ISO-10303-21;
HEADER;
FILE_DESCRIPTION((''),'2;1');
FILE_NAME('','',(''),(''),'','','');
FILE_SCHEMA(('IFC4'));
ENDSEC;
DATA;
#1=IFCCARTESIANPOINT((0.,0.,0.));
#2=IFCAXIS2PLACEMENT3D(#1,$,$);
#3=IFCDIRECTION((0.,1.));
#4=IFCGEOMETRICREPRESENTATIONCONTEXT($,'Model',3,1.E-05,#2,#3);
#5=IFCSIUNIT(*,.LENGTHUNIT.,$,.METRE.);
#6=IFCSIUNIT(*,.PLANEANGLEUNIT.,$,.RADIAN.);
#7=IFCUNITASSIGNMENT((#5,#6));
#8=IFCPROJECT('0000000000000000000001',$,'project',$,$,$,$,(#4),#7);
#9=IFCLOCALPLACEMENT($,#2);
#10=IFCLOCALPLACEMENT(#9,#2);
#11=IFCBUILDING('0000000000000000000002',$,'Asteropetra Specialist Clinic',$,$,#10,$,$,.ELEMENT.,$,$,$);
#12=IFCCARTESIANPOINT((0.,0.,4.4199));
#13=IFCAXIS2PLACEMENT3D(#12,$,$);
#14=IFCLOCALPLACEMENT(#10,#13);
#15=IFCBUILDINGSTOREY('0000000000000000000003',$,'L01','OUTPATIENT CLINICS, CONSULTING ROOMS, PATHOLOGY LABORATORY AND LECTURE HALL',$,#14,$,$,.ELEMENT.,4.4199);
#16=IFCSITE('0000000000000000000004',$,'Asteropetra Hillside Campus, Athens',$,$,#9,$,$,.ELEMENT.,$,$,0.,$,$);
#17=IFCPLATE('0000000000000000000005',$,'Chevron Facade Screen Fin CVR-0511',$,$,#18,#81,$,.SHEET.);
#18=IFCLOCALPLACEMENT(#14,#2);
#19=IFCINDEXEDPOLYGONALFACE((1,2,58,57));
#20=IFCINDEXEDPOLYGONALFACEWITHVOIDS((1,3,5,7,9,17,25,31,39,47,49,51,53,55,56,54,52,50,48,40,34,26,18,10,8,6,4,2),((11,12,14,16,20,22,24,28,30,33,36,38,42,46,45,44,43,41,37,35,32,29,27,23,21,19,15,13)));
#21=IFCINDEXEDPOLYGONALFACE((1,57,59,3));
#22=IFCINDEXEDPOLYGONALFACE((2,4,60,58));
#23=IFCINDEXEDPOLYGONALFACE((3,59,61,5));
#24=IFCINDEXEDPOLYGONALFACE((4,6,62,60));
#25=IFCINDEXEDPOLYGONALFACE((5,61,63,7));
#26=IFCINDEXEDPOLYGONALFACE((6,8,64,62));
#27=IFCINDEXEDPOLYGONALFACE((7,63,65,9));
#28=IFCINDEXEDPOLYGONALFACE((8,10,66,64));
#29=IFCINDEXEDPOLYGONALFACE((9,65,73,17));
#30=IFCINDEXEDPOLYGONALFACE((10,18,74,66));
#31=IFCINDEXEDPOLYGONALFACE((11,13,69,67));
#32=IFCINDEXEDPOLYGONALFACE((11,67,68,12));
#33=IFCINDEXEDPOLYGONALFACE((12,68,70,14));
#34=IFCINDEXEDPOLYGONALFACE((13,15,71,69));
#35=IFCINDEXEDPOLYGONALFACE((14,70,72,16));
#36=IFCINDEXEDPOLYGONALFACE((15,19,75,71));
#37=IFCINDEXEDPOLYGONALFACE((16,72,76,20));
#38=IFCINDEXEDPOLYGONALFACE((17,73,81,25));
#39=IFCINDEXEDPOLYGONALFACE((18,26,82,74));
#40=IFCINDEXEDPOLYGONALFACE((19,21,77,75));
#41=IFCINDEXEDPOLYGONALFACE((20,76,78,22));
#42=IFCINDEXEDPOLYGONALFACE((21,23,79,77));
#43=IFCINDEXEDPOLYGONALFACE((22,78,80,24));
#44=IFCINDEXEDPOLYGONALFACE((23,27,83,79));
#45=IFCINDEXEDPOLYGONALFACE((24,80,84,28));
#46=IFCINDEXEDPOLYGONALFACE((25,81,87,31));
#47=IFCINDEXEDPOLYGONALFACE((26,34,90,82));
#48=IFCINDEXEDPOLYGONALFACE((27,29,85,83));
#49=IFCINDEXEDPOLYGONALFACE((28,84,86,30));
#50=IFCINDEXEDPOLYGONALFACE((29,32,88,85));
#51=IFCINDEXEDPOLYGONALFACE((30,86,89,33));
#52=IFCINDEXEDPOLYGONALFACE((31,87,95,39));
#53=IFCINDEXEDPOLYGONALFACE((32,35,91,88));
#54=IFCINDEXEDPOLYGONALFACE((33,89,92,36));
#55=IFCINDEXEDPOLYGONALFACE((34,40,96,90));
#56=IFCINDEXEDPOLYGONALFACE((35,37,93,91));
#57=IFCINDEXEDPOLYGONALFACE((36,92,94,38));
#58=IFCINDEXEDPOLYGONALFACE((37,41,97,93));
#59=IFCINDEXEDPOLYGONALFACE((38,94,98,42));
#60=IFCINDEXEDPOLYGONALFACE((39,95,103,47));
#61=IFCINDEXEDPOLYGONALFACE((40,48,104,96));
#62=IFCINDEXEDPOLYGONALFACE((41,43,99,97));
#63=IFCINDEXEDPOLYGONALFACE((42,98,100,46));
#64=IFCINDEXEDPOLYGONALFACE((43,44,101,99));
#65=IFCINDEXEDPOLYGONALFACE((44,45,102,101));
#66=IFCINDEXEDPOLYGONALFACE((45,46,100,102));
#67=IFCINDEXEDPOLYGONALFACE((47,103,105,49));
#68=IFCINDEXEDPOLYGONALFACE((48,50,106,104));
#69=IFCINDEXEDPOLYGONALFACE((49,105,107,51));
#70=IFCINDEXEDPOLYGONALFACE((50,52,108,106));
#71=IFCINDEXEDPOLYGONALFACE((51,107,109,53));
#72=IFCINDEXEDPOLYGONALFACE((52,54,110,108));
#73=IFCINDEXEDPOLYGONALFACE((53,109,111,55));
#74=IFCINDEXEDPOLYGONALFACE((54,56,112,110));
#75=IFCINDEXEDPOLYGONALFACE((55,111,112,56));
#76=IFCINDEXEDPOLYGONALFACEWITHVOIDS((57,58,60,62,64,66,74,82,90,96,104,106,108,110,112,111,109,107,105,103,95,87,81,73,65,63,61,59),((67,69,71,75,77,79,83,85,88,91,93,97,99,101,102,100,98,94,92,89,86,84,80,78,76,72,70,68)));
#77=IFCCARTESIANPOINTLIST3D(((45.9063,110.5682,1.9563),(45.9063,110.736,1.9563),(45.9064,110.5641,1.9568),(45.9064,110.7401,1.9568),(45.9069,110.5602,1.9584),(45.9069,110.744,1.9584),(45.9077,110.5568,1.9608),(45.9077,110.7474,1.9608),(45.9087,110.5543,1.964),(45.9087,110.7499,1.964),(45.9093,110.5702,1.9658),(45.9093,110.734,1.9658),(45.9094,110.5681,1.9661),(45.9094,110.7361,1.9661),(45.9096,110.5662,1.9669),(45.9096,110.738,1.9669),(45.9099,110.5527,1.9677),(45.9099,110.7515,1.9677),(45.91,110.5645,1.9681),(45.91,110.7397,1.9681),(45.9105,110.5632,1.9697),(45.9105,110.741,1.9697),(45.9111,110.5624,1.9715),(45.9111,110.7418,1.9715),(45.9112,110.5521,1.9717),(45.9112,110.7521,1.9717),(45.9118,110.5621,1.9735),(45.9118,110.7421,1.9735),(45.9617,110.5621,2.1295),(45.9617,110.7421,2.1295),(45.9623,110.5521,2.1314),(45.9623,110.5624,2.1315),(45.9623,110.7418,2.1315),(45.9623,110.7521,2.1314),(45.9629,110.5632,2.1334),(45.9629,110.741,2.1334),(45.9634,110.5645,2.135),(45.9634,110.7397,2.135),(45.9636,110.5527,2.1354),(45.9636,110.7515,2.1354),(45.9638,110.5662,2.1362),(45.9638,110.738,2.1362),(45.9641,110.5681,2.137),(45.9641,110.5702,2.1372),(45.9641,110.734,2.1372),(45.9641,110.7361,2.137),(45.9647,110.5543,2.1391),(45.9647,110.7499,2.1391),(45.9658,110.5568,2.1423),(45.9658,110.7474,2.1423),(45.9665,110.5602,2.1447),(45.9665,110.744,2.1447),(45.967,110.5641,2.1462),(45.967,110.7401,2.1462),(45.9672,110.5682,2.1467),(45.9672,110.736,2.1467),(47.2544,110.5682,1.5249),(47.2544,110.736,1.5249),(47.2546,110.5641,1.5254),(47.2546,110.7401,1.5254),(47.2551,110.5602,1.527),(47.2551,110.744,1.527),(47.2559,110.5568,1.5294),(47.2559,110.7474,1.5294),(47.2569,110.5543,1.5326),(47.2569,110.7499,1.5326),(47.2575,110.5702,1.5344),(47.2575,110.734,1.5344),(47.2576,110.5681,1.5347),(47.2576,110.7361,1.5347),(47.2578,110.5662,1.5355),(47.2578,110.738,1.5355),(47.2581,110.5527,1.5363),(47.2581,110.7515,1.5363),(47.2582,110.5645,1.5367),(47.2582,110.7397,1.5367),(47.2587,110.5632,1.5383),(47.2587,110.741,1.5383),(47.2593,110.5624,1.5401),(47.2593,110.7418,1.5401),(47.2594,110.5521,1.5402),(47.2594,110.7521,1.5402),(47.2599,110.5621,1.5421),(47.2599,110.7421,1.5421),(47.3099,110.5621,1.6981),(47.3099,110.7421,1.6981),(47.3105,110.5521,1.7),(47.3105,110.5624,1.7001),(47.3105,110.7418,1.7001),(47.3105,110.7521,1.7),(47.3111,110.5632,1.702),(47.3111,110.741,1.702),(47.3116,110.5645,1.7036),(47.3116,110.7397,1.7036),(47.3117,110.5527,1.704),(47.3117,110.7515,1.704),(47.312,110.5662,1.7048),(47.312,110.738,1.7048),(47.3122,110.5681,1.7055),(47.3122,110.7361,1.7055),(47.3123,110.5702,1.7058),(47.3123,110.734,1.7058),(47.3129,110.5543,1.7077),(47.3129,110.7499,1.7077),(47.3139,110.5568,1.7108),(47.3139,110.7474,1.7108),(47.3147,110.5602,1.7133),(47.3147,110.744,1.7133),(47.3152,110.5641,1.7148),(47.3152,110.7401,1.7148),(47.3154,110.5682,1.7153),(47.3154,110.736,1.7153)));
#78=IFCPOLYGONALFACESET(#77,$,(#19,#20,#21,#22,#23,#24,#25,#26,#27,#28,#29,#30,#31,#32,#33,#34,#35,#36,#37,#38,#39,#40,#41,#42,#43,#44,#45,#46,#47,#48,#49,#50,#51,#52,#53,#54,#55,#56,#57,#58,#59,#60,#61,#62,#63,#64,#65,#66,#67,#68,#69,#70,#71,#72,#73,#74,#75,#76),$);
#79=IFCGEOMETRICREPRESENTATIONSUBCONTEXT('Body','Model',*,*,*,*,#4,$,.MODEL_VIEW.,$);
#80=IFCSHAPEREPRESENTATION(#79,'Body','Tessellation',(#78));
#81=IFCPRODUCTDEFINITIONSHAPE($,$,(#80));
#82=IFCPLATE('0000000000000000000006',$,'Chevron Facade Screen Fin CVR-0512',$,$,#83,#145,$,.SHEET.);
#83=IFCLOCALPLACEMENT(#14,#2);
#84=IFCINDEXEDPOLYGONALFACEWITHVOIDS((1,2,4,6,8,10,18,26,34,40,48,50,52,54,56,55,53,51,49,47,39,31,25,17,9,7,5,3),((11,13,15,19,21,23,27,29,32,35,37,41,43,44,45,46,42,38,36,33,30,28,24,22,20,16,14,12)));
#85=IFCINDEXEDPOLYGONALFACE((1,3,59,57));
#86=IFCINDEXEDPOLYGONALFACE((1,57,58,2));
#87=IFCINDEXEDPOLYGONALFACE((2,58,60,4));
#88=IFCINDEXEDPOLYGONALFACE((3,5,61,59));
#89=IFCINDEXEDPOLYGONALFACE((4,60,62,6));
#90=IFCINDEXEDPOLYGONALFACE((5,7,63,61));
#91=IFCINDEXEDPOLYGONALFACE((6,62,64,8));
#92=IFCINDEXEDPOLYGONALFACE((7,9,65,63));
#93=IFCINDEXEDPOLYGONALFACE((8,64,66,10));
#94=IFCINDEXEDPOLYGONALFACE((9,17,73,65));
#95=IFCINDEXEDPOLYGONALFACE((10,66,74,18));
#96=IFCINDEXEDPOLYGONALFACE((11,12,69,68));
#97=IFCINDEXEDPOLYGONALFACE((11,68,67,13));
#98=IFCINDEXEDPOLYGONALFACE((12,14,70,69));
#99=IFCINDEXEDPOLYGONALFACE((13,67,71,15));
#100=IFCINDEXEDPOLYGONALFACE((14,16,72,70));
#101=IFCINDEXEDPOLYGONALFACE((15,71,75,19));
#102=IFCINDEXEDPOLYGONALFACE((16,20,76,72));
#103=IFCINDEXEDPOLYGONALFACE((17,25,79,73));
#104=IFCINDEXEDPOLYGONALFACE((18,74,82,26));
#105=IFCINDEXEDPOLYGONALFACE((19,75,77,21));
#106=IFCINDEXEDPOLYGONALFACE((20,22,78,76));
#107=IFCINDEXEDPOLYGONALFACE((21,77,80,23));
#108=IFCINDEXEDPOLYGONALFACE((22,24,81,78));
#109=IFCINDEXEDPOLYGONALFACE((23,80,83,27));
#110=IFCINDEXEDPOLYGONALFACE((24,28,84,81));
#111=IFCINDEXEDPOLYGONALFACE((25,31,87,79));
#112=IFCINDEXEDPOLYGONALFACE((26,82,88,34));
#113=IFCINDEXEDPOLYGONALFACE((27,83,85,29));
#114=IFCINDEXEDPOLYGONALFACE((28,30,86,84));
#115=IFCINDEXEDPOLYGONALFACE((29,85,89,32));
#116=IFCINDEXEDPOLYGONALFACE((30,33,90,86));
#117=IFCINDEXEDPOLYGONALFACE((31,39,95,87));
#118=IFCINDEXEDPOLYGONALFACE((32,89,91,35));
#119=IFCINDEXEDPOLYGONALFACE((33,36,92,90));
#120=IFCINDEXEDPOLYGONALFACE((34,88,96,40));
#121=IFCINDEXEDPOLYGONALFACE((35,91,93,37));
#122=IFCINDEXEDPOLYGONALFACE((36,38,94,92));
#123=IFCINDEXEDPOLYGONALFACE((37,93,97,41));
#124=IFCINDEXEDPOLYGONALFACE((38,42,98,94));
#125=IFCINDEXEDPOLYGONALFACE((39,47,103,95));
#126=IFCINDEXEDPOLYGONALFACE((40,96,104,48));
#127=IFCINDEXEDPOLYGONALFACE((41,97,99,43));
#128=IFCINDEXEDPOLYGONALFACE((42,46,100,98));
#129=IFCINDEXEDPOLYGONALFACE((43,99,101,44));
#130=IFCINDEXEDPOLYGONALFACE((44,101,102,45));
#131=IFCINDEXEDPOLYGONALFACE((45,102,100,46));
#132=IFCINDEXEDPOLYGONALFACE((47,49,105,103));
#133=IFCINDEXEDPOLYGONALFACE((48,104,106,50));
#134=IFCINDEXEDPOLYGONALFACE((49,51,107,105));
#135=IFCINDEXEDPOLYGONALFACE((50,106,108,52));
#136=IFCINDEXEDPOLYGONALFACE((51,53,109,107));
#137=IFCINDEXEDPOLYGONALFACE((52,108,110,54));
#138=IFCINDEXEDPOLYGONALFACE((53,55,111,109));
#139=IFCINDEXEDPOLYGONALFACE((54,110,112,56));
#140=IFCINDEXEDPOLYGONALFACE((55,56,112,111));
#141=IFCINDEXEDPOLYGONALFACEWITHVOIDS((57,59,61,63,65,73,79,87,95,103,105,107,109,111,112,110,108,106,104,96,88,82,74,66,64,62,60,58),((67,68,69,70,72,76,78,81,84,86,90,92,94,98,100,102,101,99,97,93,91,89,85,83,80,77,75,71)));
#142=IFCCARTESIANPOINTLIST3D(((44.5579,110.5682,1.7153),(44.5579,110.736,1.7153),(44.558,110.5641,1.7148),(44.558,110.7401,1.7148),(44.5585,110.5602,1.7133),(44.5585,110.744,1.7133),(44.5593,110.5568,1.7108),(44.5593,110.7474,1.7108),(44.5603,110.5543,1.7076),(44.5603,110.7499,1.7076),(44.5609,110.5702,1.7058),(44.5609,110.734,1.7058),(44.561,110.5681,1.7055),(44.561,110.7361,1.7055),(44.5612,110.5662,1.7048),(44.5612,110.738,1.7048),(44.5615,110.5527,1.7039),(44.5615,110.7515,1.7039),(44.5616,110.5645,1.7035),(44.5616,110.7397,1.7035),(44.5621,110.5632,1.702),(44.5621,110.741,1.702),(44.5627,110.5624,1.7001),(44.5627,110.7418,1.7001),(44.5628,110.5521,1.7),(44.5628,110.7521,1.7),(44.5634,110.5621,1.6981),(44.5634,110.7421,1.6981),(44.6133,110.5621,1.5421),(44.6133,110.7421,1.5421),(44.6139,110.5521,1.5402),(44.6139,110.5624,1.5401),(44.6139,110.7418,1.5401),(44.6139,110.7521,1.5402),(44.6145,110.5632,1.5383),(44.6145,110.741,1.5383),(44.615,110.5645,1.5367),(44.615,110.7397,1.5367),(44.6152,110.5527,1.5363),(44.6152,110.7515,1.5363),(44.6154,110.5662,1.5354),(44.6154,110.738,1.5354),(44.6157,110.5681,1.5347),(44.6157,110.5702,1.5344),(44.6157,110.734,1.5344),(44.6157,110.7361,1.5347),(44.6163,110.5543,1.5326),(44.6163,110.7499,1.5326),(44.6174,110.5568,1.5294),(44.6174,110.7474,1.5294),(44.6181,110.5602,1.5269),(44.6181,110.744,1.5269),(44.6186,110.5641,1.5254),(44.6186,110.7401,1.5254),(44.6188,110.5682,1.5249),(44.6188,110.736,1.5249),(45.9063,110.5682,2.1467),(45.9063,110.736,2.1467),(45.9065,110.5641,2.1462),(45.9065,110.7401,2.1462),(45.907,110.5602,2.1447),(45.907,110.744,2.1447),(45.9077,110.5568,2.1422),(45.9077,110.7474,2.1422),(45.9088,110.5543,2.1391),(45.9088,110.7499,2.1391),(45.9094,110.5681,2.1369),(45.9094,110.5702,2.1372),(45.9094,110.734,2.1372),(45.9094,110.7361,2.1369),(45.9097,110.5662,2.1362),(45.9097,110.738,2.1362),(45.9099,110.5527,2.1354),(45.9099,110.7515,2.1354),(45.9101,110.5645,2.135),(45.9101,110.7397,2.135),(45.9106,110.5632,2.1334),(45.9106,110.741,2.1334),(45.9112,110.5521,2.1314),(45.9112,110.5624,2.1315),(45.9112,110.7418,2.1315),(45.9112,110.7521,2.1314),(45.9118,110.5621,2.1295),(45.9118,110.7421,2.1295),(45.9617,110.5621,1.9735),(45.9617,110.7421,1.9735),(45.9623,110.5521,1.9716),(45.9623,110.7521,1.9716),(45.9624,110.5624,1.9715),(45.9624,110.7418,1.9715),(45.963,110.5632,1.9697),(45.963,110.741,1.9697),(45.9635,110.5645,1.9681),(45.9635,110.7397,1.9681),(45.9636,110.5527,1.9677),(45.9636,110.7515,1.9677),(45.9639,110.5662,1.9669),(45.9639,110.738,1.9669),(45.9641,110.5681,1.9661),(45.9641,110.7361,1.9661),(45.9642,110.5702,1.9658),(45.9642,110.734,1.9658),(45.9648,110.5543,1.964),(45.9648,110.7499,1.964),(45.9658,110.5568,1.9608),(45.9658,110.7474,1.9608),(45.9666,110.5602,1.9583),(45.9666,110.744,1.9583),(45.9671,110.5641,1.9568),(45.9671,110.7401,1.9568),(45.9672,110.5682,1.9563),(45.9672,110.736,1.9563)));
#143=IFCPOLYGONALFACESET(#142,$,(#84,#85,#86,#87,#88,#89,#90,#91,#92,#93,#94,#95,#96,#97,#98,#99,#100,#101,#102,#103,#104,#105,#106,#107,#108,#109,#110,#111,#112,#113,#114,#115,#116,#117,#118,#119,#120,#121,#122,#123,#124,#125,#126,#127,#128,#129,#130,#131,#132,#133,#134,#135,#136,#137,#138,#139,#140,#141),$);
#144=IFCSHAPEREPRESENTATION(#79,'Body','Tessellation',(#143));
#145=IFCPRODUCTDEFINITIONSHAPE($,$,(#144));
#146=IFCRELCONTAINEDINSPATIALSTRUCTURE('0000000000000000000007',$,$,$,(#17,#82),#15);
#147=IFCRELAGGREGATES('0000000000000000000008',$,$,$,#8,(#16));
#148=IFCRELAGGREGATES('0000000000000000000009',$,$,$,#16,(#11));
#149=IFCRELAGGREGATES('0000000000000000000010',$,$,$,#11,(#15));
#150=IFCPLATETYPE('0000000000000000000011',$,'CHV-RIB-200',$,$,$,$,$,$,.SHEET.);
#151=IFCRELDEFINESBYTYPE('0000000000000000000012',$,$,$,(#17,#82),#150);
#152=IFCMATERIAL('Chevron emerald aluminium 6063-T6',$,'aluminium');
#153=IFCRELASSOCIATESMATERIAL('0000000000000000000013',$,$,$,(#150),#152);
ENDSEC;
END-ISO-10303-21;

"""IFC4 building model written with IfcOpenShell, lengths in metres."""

from ifc_helpers import new_model, si_unit, direction, frame, origin, origin_2d, place, context, subcontext, project, spatial, hollow_rectangle, extrude, material, material_profile, profile_set, type_object, element, save


model = new_model("IFC4")

# Units and contexts
model_context = context("Model", 3, precision=1e-05, world=origin(), true_north=direction((0.0, 1.0)))
body_context = subcontext(model_context, "Body", "Model", "MODEL_VIEW")
ifc_project = project(units=[si_unit("LENGTHUNIT", "METRE"), si_unit("PLANEANGLEUNIT", "RADIAN")], contexts=[model_context])

# Site, building, storey
site_placement = place(None, origin())
site = spatial("IfcSite", under=ifc_project, at=site_placement, Name="Asteropetra Hillside Campus, Athens", CompositionType="ELEMENT", RefElevation=0.0)
building_placement = place(site_placement, origin())
building = spatial("IfcBuilding", under=site, at=building_placement, Name="Asteropetra Specialist Clinic", CompositionType="ELEMENT")
storey_placement = place(building_placement, frame((0.0, 0.0, 4.4199)))
storey = spatial("IfcBuildingStorey", under=building, at=storey_placement, Name="L01", Description="OUTPATIENT CLINICS, CONSULTING ROOMS, PATHOLOGY LABORATORY AND LECTURE HALL", CompositionType="ELEMENT", Elevation=4.4199)

# Plates
ifc_material_1 = material(Name="Chevron emerald aluminium 6063-T6", Category="aluminium")
ifc_material_profile = material_profile(ifc_material_1, hollow_rectangle(XDim=0.2, YDim=0.2, WallThickness=0.01, InnerFilletRadius=0.0081, OuterFilletRadius=0.0161, at=origin_2d()), Name="SHS 200x200x10.0")
ifc_profile_set = profile_set([ifc_material_profile], Name="Chevron emerald aluminium 6063-T6")
plate_type_1 = type_object("IfcPlateType", Name="CHV-RIB-200", PredefinedType="SHEET", material=ifc_profile_set)
plate_1_placement = place(storey_placement, frame((47.2849, 110.6521, 1.6201), z_axis=(-0.952426, 0.0, 0.304769), x_axis=(0.0, -1.0, 0.0)))
element("IfcPlate", 1, at=plate_1_placement, inside=storey, type_object=plate_type_1, Name="Chevron Facade Screen Fin CVR-0511", PredefinedType="SHEET", context=body_context, shape_type="SweptSolid", body=[
    extrude(hollow_rectangle(XDim=0.2, YDim=0.2, WallThickness=0.01, InnerFilletRadius=0.0081, OuterFilletRadius=0.0161, at=origin_2d()), origin(), (0.0, 0.0, 1.0), 1.4155),
])
plate_2_placement = place(storey_placement, frame((45.9368, 110.6521, 2.0515), z_axis=(-0.952442, 0.0, -0.304719), x_axis=(0.0, -1.0, 0.0)))
element("IfcPlate", 2, at=plate_2_placement, inside=storey, type_object=plate_type_1, Name="Chevron Facade Screen Fin CVR-0512", PredefinedType="SHEET", context=body_context, shape_type="SweptSolid", body=[
    extrude(hollow_rectangle(XDim=0.2, YDim=0.2, WallThickness=0.01, InnerFilletRadius=0.0081, OuterFilletRadius=0.0161, at=origin_2d()), origin(), (0.0, 0.0, 1.0), 1.4158),
])

save(model, "model.ifc")
